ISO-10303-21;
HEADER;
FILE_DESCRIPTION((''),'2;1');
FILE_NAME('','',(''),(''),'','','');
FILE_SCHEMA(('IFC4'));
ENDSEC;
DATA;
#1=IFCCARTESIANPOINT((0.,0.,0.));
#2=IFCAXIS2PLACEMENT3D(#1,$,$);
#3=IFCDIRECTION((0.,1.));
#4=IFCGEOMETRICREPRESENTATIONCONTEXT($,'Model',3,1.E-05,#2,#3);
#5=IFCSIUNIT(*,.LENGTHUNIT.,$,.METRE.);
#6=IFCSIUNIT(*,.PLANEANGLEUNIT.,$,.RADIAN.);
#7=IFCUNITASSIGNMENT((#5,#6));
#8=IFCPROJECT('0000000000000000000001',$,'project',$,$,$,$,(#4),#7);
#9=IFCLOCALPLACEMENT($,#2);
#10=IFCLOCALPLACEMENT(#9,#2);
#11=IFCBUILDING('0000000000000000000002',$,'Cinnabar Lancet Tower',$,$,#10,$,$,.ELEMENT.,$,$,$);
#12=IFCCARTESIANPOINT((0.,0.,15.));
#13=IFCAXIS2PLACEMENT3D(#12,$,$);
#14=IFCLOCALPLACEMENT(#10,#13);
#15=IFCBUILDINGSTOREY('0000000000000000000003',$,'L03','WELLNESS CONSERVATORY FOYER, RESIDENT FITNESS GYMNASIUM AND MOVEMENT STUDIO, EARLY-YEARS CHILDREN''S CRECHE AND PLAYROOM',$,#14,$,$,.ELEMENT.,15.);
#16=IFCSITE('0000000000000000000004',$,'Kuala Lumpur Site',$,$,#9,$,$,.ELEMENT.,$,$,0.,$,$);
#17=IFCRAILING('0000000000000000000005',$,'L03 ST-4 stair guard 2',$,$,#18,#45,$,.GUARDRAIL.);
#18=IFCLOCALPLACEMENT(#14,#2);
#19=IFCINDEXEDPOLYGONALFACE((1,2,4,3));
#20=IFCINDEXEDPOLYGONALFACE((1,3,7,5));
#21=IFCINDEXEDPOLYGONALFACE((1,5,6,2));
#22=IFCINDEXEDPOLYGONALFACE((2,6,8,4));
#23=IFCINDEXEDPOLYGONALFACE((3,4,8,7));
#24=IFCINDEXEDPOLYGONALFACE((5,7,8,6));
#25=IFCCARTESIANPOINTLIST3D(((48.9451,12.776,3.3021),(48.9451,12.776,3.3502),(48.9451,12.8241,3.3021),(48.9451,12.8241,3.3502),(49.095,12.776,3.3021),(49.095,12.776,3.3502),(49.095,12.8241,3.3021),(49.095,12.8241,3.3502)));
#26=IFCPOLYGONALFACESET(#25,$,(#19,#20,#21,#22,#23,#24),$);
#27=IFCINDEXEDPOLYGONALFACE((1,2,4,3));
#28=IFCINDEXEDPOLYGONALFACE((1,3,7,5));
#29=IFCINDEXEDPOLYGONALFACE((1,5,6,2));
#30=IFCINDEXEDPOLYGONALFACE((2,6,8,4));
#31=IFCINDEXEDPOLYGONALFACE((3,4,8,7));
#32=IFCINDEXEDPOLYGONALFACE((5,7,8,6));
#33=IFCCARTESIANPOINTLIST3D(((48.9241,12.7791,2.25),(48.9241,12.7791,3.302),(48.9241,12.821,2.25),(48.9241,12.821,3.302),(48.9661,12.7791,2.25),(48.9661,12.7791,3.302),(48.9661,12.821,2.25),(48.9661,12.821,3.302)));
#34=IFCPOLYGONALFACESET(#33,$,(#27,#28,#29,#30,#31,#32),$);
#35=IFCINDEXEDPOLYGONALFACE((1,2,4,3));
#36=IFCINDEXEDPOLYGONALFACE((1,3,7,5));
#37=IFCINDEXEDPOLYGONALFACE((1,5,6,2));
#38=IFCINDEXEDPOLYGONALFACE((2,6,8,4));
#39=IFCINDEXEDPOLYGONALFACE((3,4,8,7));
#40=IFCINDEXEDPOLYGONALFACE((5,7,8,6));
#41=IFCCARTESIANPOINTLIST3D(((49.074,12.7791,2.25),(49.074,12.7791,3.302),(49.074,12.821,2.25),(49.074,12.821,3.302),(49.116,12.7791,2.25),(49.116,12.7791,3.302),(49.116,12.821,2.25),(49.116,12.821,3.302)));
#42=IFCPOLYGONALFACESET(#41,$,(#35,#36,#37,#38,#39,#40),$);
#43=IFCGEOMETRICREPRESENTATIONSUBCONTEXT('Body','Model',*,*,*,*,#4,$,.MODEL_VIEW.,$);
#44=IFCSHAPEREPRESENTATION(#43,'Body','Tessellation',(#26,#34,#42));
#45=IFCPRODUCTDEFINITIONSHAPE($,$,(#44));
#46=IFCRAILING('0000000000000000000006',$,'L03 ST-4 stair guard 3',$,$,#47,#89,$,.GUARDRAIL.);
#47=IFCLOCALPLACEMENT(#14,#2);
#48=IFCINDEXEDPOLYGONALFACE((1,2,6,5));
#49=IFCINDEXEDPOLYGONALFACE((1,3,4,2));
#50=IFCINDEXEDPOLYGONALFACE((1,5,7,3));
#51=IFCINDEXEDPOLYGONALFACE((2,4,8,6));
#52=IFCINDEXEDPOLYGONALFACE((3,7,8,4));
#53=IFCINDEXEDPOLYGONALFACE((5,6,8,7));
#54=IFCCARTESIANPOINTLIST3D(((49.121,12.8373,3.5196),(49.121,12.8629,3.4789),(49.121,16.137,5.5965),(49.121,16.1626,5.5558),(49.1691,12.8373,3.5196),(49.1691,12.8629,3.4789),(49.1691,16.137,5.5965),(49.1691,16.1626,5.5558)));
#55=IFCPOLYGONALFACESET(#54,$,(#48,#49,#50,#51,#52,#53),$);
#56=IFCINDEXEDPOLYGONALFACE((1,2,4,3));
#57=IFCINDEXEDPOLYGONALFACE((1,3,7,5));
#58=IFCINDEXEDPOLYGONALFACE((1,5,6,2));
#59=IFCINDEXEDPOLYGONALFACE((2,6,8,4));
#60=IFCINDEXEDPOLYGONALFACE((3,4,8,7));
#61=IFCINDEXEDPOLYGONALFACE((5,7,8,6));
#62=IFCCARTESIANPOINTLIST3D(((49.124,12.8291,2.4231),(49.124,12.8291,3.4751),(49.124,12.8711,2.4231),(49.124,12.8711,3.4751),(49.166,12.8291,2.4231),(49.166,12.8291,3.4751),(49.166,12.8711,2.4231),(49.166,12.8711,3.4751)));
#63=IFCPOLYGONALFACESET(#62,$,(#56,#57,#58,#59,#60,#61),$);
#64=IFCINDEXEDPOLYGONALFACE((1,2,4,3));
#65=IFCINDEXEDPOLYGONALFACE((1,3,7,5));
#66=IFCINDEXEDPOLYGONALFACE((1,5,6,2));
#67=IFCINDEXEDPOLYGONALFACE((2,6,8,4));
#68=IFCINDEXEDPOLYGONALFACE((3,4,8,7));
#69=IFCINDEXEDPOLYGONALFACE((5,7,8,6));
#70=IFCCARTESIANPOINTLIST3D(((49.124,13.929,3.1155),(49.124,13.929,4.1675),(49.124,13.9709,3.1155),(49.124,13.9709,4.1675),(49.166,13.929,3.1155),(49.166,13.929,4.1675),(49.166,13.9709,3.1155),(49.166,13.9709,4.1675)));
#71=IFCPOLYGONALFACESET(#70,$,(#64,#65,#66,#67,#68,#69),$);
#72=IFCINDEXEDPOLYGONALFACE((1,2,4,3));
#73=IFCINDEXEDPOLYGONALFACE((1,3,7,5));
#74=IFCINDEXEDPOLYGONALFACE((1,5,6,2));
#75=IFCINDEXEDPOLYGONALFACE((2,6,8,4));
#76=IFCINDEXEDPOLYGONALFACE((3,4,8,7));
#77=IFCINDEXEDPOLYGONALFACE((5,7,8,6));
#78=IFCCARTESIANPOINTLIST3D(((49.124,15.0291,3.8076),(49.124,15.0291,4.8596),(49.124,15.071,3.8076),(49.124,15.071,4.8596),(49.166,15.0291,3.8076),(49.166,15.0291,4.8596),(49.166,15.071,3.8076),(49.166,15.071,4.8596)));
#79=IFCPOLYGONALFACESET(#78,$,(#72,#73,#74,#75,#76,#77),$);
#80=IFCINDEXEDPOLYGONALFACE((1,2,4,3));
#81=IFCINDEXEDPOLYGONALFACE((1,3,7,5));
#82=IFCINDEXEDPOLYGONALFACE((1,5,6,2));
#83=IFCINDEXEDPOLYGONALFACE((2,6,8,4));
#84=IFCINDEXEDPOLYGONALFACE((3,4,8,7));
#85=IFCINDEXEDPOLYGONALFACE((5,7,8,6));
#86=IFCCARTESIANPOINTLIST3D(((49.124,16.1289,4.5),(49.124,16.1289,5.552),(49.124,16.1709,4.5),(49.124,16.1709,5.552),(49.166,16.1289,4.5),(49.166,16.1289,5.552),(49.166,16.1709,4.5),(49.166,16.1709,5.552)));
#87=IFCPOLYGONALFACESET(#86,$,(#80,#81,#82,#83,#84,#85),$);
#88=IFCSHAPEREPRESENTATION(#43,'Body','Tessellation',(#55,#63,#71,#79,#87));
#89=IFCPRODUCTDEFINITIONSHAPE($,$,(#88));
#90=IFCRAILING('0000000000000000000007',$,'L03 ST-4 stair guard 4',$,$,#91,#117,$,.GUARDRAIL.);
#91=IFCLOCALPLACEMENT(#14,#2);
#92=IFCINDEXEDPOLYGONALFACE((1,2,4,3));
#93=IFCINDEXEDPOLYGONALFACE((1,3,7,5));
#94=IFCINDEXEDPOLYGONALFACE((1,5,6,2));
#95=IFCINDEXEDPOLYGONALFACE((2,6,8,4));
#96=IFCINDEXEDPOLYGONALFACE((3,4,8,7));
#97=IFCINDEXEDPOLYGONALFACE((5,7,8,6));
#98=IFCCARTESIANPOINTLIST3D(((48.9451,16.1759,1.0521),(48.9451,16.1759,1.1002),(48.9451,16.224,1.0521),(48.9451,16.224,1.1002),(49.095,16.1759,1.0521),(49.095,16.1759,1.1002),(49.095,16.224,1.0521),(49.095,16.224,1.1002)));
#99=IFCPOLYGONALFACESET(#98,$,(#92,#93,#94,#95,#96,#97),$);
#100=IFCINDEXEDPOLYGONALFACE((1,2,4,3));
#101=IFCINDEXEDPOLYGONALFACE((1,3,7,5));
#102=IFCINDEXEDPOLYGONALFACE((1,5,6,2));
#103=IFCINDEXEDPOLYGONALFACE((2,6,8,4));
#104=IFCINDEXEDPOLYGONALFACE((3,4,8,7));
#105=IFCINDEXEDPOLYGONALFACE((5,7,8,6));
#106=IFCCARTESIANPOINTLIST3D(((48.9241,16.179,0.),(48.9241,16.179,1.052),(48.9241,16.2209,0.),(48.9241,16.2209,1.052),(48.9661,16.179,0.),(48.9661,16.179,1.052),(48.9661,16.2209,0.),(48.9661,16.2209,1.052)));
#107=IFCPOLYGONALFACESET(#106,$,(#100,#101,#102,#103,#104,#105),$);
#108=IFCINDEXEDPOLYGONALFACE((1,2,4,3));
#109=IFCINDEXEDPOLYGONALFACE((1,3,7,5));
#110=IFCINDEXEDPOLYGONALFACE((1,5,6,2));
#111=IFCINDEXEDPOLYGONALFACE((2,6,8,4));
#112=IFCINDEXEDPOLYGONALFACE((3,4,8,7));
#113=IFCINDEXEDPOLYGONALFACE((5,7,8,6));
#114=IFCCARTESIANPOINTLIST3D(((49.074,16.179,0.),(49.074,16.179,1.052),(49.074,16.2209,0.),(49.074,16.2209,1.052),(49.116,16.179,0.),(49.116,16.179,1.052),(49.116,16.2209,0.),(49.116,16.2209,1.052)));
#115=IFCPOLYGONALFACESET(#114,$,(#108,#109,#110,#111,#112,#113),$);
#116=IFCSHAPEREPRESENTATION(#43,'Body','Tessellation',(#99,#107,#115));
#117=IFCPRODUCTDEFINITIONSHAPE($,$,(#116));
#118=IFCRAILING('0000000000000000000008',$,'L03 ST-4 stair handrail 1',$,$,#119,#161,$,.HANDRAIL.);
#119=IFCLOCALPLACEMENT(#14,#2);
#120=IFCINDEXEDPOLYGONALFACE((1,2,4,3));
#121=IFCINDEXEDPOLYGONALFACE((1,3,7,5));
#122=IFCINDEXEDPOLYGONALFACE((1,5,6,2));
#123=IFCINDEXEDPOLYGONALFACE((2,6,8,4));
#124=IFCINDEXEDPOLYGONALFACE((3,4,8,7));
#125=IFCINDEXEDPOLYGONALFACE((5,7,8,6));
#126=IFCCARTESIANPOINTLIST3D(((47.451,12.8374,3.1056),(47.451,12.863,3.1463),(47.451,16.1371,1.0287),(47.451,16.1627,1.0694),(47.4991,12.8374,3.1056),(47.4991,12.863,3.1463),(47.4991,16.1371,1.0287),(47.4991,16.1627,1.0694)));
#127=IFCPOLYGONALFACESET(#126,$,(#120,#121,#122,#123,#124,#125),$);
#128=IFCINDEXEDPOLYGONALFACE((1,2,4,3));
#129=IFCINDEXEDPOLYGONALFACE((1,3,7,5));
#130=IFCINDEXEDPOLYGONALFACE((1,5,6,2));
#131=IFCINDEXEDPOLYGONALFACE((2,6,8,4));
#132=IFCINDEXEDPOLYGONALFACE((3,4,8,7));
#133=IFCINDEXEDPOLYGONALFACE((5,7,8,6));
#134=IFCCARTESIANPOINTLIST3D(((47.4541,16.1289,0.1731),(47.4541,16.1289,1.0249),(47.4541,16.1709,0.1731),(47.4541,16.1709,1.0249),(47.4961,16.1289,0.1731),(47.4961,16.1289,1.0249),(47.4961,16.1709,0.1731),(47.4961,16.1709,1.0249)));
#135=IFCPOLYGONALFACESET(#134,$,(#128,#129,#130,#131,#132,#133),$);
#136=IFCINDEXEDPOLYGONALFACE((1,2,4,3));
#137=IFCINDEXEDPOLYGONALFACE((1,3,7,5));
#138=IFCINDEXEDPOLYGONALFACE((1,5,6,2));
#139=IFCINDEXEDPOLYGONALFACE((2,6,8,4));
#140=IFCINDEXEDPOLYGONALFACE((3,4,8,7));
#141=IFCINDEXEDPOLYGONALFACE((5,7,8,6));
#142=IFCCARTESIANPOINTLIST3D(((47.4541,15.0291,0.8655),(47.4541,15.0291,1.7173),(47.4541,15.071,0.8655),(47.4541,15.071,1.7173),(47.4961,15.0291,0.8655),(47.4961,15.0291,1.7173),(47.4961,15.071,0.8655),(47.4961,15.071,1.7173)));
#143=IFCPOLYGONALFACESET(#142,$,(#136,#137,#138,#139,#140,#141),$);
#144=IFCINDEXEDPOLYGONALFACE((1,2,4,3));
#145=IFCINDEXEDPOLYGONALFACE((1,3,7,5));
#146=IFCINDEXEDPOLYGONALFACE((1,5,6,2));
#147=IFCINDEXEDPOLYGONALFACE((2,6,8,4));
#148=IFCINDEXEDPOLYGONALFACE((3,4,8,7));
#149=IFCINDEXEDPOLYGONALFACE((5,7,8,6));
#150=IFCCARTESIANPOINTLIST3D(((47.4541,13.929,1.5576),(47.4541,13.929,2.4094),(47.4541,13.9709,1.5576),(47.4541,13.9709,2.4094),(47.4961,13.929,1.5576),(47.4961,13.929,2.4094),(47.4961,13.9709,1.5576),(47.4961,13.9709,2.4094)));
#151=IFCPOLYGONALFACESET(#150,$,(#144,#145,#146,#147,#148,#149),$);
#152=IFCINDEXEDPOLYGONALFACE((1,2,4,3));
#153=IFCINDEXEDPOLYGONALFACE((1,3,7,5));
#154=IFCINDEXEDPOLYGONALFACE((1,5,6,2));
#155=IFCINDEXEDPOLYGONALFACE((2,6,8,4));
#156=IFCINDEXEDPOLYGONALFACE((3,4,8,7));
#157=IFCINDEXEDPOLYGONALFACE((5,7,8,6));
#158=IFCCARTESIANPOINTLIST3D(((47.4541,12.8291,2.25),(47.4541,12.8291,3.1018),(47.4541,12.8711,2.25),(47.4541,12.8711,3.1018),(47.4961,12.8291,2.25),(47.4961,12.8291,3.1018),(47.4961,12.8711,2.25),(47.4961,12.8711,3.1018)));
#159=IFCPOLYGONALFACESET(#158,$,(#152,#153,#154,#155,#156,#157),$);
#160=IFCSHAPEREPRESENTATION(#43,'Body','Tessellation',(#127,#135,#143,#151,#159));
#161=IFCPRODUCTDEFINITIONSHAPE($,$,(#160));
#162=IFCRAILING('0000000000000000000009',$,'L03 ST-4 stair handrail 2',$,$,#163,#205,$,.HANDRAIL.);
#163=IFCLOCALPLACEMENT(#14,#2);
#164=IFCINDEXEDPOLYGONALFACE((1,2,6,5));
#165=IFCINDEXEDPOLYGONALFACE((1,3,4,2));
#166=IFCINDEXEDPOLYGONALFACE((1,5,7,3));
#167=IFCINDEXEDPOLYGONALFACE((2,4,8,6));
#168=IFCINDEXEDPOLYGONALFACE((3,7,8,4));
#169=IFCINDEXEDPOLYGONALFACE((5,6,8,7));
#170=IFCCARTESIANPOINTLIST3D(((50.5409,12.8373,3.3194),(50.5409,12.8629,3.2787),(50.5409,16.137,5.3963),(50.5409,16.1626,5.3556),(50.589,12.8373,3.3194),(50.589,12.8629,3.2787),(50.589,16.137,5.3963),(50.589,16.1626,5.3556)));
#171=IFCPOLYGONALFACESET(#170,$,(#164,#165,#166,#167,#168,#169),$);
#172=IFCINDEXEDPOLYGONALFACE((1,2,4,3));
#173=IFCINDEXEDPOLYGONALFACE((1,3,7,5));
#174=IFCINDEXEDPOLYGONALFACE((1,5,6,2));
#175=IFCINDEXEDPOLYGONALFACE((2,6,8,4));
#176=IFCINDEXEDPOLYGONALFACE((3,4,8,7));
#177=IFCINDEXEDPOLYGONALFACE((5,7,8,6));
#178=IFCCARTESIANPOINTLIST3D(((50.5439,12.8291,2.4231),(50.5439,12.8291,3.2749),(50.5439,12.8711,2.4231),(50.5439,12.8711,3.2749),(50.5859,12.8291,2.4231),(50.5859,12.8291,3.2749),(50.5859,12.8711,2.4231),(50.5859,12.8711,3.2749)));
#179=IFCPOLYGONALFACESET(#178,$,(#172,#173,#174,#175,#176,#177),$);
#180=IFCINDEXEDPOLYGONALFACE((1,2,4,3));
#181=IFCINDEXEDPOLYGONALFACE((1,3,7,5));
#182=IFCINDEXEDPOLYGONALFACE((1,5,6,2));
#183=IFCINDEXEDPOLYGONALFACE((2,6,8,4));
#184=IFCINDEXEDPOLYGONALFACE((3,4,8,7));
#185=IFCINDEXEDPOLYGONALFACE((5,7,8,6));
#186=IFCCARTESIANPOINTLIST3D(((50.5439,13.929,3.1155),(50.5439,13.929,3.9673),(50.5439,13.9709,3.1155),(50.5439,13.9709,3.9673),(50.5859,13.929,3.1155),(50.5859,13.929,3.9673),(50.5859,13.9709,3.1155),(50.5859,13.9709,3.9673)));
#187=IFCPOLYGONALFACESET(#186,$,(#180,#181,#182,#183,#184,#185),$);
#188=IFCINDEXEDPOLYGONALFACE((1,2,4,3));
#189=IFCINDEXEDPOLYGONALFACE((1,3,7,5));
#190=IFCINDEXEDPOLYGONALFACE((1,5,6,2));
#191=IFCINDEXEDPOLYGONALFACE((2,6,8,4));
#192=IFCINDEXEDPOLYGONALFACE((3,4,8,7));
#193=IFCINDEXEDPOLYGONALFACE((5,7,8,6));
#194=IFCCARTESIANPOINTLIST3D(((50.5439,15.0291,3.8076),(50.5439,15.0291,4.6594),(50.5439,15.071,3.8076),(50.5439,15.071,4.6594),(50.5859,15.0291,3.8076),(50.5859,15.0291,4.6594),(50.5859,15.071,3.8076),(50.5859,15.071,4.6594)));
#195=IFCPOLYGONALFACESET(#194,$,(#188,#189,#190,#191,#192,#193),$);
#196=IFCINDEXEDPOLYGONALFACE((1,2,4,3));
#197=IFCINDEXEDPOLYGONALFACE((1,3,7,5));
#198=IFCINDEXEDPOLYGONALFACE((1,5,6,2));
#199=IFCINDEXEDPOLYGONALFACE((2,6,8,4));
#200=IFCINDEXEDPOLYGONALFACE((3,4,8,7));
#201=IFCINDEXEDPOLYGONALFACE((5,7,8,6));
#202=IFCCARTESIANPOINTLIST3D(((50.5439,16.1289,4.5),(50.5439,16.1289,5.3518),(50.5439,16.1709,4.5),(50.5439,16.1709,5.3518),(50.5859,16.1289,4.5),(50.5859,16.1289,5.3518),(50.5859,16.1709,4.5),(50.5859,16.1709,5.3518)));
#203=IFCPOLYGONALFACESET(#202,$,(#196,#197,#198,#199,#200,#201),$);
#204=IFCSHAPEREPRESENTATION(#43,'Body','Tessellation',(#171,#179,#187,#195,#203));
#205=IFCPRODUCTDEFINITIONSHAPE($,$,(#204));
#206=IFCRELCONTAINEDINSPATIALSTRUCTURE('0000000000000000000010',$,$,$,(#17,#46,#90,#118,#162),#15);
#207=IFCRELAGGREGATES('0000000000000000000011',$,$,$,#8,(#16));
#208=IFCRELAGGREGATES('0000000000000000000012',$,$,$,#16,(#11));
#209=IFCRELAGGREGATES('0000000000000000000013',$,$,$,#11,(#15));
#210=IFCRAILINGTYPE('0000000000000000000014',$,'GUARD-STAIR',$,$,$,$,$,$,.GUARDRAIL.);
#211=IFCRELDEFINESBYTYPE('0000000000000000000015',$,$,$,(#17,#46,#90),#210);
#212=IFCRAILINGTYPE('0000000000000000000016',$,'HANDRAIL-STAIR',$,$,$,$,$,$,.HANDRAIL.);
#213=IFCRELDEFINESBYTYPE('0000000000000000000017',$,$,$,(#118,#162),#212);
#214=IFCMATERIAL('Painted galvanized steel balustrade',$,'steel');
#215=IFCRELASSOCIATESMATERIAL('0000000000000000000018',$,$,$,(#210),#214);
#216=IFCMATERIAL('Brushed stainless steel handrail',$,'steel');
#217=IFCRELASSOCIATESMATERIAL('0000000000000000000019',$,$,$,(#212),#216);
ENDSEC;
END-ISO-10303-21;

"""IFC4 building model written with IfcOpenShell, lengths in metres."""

from ifc_helpers import new_model, si_unit, direction, frame, origin, origin_2d, place, context, subcontext, project, spatial, rectangle, extrude, material, type_object, element, save


model = new_model("IFC4")

# Units and contexts
model_context = context("Model", 3, precision=1e-05, world=origin(), true_north=direction((0.0, 1.0)))
body_context = subcontext(model_context, "Body", "Model", "MODEL_VIEW")
ifc_project = project(units=[si_unit("LENGTHUNIT", "METRE"), si_unit("PLANEANGLEUNIT", "RADIAN")], contexts=[model_context])

# Site, building, storey
site_placement = place(None, origin())
site = spatial("IfcSite", under=ifc_project, at=site_placement, Name="Kuala Lumpur Site", CompositionType="ELEMENT", RefElevation=0.0)
building_placement = place(site_placement, origin())
building = spatial("IfcBuilding", under=site, at=building_placement, Name="Cinnabar Lancet Tower", CompositionType="ELEMENT")
storey_placement = place(building_placement, frame((0.0, 0.0, 15.0)))
storey = spatial("IfcBuildingStorey", under=building, at=storey_placement, Name="L03", Description="WELLNESS CONSERVATORY FOYER, RESIDENT FITNESS GYMNASIUM AND MOVEMENT STUDIO, EARLY-YEARS CHILDREN'S CRECHE AND PLAYROOM", CompositionType="ELEMENT", Elevation=15.0)

# Railings
ifc_material_1 = material(Name="Painted galvanized steel balustrade", Category="steel")
railing_type_1 = type_object("IfcRailingType", Name="GUARD-STAIR", PredefinedType="GUARDRAIL", material=ifc_material_1)
railing_1_placement = place(storey_placement, frame((48.9451, 12.8, 2.25)))
element("IfcRailing", 1, at=railing_1_placement, inside=storey, type_object=railing_type_1, Name="L03 ST-4 stair guard 2", PredefinedType="GUARDRAIL", context=body_context, shape_type="SweptSolid", body=[
    extrude(rectangle(XDim=0.0481, YDim=0.0481, at=origin_2d()), frame((0.0, 0.0, 1.0762), z_axis=(1.0, 0.0, 0.0), x_axis=(0.0, 1.0, 0.0)), (0.0, 0.0, 1.0), 0.1499),
    extrude(rectangle(XDim=0.042, YDim=0.042, at=origin_2d()), origin(), (0.0, 0.0, 1.0), 1.052),
    extrude(rectangle(XDim=0.042, YDim=0.042, at=origin_2d()), frame((0.1499, 0.0, 0.0)), (0.0, 0.0, 1.0), 1.052),
])
railing_2_placement = place(storey_placement, frame((49.145, 12.8501, 2.4231)))
element("IfcRailing", 2, at=railing_2_placement, inside=storey, type_object=railing_type_1, Name="L03 ST-4 stair guard 3", PredefinedType="GUARDRAIL", context=body_context, shape_type="SweptSolid", body=[
    extrude(rectangle(XDim=0.0481, YDim=0.0481, at=origin_2d()), frame((0.0, 0.0, 1.0762), z_axis=(0.0, 0.84632, 0.532675), x_axis=(-1.0, 0.0, 0.0)), (0.0, 0.0, 1.0), 3.8989),
    extrude(rectangle(XDim=0.042, YDim=0.042, at=origin_2d()), origin(), (0.0, 0.0, 1.0), 1.052),
    extrude(rectangle(XDim=0.042, YDim=0.042, at=origin_2d()), frame((0.0, 1.0999, 0.6924)), (0.0, 0.0, 1.0), 1.052),
    extrude(rectangle(XDim=0.042, YDim=0.042, at=origin_2d()), frame((0.0, 2.2, 1.3845)), (0.0, 0.0, 1.0), 1.052),
    extrude(rectangle(XDim=0.042, YDim=0.042, at=origin_2d()), frame((0.0, 3.2998, 2.0769)), (0.0, 0.0, 1.0), 1.052),
])
railing_3_placement = place(storey_placement, frame((48.9451, 16.2, 0.0)))
element("IfcRailing", 3, at=railing_3_placement, inside=storey, type_object=railing_type_1, Name="L03 ST-4 stair guard 4", PredefinedType="GUARDRAIL", context=body_context, shape_type="SweptSolid", body=[
    extrude(rectangle(XDim=0.0481, YDim=0.0481, at=origin_2d()), frame((0.0, 0.0, 1.0762), z_axis=(1.0, 0.0, 0.0), x_axis=(0.0, 1.0, 0.0)), (0.0, 0.0, 1.0), 0.1499),
    extrude(rectangle(XDim=0.042, YDim=0.042, at=origin_2d()), origin(), (0.0, 0.0, 1.0), 1.052),
    extrude(rectangle(XDim=0.042, YDim=0.042, at=origin_2d()), frame((0.1499, 0.0, 0.0)), (0.0, 0.0, 1.0), 1.052),
])
ifc_material_2 = material(Name="Brushed stainless steel handrail", Category="steel")
railing_type_2 = type_object("IfcRailingType", Name="HANDRAIL-STAIR", PredefinedType="HANDRAIL", material=ifc_material_2)
railing_4_placement = place(storey_placement, frame((47.4751, 16.1499, 0.1731)))
element("IfcRailing", 4, at=railing_4_placement, inside=storey, type_object=railing_type_2, Name="L03 ST-4 stair handrail 1", PredefinedType="HANDRAIL", context=body_context, shape_type="SweptSolid", body=[
    extrude(rectangle(XDim=0.0481, YDim=0.0481, at=origin_2d()), frame((0.0, 0.0, 0.876), z_axis=(0.0, -0.84632, 0.532675), x_axis=(1.0, 0.0, 0.0)), (0.0, 0.0, 1.0), 3.8989),
    extrude(rectangle(XDim=0.042, YDim=0.042, at=origin_2d()), origin(), (0.0, 0.0, 1.0), 0.8518),
    extrude(rectangle(XDim=0.042, YDim=0.042, at=origin_2d()), frame((0.0, -1.0999, 0.6924)), (0.0, 0.0, 1.0), 0.8518),
    extrude(rectangle(XDim=0.042, YDim=0.042, at=origin_2d()), frame((0.0, -2.2, 1.3845)), (0.0, 0.0, 1.0), 0.8518),
    extrude(rectangle(XDim=0.042, YDim=0.042, at=origin_2d()), frame((0.0, -3.2998, 2.0769)), (0.0, 0.0, 1.0), 0.8518),
])
railing_5_placement = place(storey_placement, frame((50.5649, 12.8501, 2.4231)))
element("IfcRailing", 5, at=railing_5_placement, inside=storey, type_object=railing_type_2, Name="L03 ST-4 stair handrail 2", PredefinedType="HANDRAIL", context=body_context, shape_type="SweptSolid", body=[
    extrude(rectangle(XDim=0.0481, YDim=0.0481, at=origin_2d()), frame((0.0, 0.0, 0.876), z_axis=(0.0, 0.84632, 0.532675), x_axis=(-1.0, 0.0, 0.0)), (0.0, 0.0, 1.0), 3.8989),
    extrude(rectangle(XDim=0.042, YDim=0.042, at=origin_2d()), origin(), (0.0, 0.0, 1.0), 0.8518),
    extrude(rectangle(XDim=0.042, YDim=0.042, at=origin_2d()), frame((0.0, 1.0999, 0.6924)), (0.0, 0.0, 1.0), 0.8518),
    extrude(rectangle(XDim=0.042, YDim=0.042, at=origin_2d()), frame((0.0, 2.2, 1.3845)), (0.0, 0.0, 1.0), 0.8518),
    extrude(rectangle(XDim=0.042, YDim=0.042, at=origin_2d()), frame((0.0, 3.2998, 2.0769)), (0.0, 0.0, 1.0), 0.8518),
])

save(model, "model.ifc")
